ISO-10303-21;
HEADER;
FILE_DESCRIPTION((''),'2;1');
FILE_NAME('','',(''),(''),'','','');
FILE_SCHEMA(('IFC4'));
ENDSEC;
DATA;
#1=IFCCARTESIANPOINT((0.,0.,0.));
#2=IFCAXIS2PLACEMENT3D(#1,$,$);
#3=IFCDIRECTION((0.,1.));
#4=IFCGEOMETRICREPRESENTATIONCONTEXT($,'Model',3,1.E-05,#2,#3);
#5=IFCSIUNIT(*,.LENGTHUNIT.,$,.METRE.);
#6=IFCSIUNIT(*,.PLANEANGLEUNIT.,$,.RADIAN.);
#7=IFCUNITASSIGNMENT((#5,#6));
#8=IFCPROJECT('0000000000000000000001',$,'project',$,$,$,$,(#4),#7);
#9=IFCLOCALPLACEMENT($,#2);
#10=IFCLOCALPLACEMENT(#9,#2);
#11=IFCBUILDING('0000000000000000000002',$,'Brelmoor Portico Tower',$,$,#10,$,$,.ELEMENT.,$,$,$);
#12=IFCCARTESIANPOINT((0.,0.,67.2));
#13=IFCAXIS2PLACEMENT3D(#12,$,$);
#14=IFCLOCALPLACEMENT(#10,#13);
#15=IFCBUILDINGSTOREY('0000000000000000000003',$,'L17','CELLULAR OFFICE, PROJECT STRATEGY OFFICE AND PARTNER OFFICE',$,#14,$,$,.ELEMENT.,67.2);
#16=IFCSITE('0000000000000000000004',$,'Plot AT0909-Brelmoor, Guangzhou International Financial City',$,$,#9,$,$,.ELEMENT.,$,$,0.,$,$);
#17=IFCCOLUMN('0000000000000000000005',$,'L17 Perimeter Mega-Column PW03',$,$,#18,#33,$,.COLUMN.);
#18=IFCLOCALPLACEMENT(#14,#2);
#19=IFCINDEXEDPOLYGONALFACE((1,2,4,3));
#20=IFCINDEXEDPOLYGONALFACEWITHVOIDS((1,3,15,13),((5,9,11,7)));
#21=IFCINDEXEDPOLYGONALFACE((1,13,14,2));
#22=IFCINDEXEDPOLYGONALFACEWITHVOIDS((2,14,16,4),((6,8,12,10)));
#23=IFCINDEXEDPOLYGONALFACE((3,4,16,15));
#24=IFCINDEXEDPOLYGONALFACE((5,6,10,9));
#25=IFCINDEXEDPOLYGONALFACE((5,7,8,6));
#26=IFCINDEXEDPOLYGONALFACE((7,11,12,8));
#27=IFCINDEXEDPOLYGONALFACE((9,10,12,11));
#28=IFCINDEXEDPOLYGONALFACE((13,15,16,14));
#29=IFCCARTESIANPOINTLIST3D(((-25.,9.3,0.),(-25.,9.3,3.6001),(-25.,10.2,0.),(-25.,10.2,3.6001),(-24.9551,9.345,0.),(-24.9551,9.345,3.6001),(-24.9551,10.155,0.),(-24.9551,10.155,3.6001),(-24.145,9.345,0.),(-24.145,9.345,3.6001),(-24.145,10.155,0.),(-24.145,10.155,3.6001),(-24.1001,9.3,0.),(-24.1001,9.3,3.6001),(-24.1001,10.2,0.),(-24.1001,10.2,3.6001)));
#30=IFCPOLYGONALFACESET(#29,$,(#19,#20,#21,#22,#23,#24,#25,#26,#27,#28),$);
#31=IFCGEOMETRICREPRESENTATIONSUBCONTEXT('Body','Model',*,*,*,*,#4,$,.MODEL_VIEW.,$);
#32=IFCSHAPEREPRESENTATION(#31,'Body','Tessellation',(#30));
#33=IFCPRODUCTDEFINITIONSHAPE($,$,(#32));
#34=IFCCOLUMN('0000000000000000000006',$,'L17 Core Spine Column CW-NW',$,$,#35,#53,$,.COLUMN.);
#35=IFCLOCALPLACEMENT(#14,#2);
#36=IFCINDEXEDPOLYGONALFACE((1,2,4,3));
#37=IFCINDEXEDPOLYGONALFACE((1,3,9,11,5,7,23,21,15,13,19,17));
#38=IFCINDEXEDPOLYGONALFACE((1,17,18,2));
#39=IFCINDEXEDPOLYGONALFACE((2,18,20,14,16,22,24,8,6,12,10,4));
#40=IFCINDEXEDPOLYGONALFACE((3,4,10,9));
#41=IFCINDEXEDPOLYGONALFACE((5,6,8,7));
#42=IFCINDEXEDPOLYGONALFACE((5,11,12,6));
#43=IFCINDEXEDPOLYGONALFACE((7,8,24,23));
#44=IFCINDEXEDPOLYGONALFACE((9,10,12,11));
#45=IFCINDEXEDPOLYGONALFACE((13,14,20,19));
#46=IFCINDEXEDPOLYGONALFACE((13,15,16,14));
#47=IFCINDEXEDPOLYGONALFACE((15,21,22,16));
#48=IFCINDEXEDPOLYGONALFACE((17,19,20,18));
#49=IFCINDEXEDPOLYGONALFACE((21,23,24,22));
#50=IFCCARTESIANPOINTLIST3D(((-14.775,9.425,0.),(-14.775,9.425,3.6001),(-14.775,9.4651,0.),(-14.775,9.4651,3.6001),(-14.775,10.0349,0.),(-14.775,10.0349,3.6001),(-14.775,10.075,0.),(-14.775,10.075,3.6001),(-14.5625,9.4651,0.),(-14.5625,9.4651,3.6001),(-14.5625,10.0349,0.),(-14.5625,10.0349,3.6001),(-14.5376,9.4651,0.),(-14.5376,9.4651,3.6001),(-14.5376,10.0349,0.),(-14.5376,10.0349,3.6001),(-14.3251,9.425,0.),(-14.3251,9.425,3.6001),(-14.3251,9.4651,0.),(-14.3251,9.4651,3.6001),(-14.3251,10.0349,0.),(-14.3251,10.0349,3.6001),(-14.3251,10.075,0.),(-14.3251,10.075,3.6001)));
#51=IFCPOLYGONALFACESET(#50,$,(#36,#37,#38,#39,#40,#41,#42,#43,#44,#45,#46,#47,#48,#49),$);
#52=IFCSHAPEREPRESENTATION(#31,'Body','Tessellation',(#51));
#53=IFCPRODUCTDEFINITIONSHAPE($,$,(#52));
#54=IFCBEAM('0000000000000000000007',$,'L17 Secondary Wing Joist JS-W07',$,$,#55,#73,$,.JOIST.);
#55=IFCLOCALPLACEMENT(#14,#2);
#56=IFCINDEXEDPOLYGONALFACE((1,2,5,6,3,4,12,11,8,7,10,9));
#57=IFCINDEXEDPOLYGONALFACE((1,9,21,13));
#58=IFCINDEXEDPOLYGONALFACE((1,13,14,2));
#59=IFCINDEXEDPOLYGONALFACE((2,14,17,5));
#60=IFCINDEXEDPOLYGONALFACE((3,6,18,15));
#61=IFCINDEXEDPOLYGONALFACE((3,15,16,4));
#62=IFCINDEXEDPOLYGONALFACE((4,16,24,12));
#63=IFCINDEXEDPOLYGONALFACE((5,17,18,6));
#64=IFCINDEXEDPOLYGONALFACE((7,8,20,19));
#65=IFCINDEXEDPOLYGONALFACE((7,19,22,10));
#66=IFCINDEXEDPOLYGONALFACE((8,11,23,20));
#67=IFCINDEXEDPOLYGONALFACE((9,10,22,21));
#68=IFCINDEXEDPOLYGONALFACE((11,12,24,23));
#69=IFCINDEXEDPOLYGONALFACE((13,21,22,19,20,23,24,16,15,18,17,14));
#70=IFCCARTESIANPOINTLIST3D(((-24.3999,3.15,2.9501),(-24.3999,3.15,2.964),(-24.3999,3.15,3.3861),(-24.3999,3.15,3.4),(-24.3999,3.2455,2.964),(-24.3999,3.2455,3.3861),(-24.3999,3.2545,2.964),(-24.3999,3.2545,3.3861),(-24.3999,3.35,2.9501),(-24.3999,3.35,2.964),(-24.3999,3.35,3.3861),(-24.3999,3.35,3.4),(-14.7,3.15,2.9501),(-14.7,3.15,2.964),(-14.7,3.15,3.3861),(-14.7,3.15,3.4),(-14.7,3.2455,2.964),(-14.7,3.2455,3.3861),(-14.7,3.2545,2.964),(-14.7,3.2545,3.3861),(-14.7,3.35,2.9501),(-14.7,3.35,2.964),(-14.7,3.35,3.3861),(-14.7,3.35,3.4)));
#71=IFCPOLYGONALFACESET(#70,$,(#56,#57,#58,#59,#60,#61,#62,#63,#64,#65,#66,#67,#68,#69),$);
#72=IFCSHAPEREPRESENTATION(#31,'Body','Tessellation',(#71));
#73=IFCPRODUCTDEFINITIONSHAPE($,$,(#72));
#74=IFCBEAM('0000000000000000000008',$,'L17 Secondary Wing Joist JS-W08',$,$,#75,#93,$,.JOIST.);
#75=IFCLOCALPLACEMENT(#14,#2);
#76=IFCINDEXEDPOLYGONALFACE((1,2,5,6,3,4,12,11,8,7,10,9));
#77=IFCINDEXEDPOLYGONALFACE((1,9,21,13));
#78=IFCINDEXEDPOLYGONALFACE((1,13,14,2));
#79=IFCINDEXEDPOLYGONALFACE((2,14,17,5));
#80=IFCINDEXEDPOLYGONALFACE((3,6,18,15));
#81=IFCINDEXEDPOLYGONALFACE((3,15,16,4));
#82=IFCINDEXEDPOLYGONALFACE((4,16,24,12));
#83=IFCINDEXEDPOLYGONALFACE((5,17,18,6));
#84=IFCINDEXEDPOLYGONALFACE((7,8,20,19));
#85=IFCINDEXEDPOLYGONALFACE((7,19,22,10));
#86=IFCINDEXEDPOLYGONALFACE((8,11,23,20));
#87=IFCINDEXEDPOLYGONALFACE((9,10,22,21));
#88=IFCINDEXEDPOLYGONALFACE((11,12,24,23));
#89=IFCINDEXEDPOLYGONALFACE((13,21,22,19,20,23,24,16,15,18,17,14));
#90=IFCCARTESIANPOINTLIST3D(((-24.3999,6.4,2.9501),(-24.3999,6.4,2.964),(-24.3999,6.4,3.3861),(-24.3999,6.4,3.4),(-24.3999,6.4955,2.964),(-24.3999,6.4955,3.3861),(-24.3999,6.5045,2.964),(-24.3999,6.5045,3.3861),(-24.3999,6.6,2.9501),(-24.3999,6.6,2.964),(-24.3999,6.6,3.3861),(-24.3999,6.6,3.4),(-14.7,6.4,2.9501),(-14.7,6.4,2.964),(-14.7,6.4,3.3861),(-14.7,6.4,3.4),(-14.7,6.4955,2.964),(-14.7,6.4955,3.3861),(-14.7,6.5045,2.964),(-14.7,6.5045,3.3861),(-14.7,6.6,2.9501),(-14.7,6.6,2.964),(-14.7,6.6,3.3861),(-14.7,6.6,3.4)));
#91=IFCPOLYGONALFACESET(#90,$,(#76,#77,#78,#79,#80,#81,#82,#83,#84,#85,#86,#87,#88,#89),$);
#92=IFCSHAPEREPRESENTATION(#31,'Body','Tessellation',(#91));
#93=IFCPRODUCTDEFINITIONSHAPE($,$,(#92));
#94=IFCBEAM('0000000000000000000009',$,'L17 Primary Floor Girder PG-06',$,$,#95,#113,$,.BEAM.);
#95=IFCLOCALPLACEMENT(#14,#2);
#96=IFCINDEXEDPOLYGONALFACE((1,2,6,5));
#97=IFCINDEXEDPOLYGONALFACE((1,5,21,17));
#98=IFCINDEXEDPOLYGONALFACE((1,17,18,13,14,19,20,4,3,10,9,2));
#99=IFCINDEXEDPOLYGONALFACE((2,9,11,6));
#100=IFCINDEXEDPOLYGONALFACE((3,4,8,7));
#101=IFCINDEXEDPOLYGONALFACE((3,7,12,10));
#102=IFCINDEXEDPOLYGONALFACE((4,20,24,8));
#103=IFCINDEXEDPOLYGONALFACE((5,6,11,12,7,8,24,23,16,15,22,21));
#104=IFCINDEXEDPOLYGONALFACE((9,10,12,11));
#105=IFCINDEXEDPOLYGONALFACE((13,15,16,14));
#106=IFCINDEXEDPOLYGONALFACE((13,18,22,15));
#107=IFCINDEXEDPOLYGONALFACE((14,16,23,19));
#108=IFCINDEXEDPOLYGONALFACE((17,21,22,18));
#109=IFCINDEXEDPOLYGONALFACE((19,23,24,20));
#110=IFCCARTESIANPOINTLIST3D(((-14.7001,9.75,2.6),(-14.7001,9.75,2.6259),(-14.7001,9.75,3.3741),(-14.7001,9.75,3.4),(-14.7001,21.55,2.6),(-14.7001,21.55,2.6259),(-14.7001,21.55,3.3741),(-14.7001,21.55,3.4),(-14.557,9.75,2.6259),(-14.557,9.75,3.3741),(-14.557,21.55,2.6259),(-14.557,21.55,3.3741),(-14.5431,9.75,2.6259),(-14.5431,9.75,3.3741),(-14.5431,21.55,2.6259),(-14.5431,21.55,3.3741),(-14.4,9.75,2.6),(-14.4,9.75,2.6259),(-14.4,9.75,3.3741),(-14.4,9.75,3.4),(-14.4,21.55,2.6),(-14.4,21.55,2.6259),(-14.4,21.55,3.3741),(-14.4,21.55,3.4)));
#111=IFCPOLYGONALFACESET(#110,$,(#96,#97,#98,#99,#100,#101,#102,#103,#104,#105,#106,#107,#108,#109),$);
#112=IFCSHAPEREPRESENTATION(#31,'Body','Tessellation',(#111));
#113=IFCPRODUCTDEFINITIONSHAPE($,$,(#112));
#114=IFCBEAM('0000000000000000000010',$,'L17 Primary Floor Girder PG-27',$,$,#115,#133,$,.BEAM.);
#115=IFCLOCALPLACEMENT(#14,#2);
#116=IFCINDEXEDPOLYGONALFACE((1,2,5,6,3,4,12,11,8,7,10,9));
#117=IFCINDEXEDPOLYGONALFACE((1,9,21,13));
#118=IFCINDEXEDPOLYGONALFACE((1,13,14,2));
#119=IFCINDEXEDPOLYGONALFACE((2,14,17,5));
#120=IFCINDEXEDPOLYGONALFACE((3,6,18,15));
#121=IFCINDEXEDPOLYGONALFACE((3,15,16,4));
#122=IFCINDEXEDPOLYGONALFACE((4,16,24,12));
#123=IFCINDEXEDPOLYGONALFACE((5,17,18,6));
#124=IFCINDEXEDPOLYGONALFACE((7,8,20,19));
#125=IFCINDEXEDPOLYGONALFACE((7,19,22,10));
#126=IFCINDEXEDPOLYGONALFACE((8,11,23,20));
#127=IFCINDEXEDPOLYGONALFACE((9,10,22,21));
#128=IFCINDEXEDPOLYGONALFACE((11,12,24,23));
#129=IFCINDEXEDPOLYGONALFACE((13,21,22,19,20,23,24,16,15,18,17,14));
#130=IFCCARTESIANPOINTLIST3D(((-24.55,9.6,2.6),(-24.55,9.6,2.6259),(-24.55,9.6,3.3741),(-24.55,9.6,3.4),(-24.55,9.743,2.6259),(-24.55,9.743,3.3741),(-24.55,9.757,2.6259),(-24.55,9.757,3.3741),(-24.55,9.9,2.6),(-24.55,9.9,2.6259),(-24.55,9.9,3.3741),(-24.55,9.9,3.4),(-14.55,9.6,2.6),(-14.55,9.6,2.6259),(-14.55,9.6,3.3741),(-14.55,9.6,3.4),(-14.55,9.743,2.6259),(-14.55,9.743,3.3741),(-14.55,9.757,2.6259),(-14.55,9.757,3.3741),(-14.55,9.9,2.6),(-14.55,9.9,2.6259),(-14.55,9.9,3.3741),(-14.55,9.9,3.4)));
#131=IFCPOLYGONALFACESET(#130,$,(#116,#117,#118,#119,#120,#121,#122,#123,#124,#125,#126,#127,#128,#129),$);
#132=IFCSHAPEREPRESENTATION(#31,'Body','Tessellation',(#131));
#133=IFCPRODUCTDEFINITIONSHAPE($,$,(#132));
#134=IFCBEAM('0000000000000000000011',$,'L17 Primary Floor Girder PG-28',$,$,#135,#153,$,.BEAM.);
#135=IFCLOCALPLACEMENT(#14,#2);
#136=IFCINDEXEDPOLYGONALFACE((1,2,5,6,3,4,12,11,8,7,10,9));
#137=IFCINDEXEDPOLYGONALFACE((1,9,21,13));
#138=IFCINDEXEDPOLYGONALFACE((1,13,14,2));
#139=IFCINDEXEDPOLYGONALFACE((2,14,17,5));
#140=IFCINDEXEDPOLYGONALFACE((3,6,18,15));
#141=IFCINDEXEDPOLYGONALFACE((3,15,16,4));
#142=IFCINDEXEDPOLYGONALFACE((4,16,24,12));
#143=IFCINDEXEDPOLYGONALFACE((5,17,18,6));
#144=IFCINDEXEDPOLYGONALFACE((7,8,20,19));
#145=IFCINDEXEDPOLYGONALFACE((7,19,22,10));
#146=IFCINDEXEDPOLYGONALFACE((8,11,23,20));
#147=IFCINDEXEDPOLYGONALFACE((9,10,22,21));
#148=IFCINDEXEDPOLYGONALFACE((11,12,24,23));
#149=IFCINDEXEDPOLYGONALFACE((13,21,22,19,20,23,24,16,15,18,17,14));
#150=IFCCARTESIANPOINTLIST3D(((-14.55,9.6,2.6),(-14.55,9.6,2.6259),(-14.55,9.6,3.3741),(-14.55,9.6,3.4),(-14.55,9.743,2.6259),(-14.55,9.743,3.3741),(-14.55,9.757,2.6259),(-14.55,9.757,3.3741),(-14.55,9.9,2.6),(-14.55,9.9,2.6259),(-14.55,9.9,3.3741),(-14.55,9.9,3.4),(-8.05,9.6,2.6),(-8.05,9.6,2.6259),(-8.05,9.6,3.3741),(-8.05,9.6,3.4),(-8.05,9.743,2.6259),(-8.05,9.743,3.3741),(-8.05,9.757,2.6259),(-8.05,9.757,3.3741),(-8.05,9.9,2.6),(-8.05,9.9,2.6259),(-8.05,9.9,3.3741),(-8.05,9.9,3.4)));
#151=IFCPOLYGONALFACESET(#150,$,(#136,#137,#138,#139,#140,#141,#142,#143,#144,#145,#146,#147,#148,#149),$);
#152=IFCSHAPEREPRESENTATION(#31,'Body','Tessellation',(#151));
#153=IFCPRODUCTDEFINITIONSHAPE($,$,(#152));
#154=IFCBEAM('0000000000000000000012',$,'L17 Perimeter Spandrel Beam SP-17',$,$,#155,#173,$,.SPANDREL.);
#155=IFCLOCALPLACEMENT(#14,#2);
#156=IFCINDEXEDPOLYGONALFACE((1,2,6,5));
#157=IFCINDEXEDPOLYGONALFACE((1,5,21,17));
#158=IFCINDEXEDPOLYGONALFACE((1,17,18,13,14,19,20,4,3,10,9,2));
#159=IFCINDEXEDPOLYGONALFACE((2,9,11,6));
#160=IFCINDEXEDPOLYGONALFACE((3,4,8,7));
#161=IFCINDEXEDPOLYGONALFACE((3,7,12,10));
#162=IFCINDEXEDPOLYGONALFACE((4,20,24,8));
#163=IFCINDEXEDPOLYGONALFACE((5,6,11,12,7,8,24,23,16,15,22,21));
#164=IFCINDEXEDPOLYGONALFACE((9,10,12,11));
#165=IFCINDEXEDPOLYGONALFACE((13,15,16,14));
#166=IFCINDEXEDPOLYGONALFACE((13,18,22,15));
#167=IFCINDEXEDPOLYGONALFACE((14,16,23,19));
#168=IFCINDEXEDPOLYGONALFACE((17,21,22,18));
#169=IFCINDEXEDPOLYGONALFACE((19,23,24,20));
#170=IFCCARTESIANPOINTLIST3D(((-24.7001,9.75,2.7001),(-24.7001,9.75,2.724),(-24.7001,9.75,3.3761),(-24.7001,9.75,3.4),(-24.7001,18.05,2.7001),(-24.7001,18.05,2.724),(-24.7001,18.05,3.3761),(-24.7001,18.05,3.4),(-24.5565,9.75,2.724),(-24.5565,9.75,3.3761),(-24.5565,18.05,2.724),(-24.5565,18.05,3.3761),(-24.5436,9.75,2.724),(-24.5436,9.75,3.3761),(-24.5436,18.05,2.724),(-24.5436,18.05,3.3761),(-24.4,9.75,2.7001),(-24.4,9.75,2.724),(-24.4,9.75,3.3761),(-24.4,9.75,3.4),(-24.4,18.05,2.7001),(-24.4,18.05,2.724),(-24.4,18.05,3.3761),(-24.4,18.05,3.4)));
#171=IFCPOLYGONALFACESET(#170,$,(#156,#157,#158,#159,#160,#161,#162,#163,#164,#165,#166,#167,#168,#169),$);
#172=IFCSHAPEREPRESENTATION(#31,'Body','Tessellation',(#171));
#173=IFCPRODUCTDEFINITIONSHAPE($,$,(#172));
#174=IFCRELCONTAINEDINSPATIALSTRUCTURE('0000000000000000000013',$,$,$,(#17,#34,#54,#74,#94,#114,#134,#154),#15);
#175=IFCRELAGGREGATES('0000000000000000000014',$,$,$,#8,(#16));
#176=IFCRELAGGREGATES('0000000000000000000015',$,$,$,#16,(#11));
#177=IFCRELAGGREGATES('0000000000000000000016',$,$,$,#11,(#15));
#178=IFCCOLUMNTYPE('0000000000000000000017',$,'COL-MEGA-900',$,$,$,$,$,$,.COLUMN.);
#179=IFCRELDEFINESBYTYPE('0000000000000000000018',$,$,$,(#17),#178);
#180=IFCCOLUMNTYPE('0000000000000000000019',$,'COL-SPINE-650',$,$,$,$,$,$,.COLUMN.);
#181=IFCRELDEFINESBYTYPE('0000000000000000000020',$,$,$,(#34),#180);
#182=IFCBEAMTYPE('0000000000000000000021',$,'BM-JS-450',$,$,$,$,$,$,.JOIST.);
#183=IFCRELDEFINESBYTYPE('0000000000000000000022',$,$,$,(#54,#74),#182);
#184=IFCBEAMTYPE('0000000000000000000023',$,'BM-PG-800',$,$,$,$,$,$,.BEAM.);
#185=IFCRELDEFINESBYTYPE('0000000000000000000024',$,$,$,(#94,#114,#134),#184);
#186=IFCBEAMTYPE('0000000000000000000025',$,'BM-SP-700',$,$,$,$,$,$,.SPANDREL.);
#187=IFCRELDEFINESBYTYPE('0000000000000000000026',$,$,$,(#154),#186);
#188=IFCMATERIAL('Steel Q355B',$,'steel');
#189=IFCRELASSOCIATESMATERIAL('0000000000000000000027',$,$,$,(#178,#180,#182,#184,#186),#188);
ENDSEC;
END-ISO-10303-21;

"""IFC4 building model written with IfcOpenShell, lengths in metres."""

from ifc_helpers import new_model, si_unit, direction, frame, origin, origin_2d, place, context, subcontext, project, spatial, hollow_rectangle, i_section, extrude, material, material_profile, profile_set, type_object, element, save


model = new_model("IFC4")

# Units and contexts
model_context = context("Model", 3, precision=1e-05, world=origin(), true_north=direction((0.0, 1.0)))
body_context = subcontext(model_context, "Body", "Model", "MODEL_VIEW")
ifc_project = project(units=[si_unit("LENGTHUNIT", "METRE"), si_unit("PLANEANGLEUNIT", "RADIAN")], contexts=[model_context])

# Site, building, storey
site_placement = place(None, origin())
site = spatial("IfcSite", under=ifc_project, at=site_placement, Name="Plot AT0909-Brelmoor, Guangzhou International Financial City", CompositionType="ELEMENT", RefElevation=0.0)
building_placement = place(site_placement, origin())
building = spatial("IfcBuilding", under=site, at=building_placement, Name="Brelmoor Portico Tower", CompositionType="ELEMENT")
storey_placement = place(building_placement, frame((0.0, 0.0, 67.2)))
storey = spatial("IfcBuildingStorey", under=building, at=storey_placement, Name="L17", Description="CELLULAR OFFICE, PROJECT STRATEGY OFFICE AND PARTNER OFFICE", CompositionType="ELEMENT", Elevation=67.2)

# Columns
ifc_material_1 = material(Name="Steel Q355B", Category="steel")
ifc_material_profile_1 = material_profile(ifc_material_1, hollow_rectangle(XDim=0.8999, YDim=0.8999, WallThickness=0.0449, at=origin_2d()), Name="BOX 900x900x45")
ifc_profile_set_1 = profile_set([ifc_material_profile_1], Name="Steel Q355B")
column_type_1 = type_object("IfcColumnType", Name="COL-MEGA-900", PredefinedType="COLUMN", material=ifc_profile_set_1)
column_1_placement = place(storey_placement, frame((-24.55, 9.75, 0.0), z_axis=(0.0, 0.0, 1.0), x_axis=(0.0, 1.0, 0.0)))
element("IfcColumn", 1, at=column_1_placement, inside=storey, type_object=column_type_1, Name="L17 Perimeter Mega-Column PW03", PredefinedType="COLUMN", context=body_context, shape_type="SweptSolid", body=[
    extrude(hollow_rectangle(XDim=0.8999, YDim=0.8999, WallThickness=0.0449, at=origin_2d()), origin(), (0.0, 0.0, 1.0), 3.6001),
])
ifc_material_profile_2 = material_profile(ifc_material_1, i_section(OverallWidth=0.45, OverallDepth=0.6499, WebThickness=0.0249, FlangeThickness=0.04, at=origin_2d()), Name="HW 650x450x25x40")
ifc_profile_set_2 = profile_set([ifc_material_profile_2], Name="Steel Q355B")
column_type_2 = type_object("IfcColumnType", Name="COL-SPINE-650", PredefinedType="COLUMN", material=ifc_profile_set_2)
column_2_placement = place(storey_placement, frame((-14.55, 9.75, 0.0), z_axis=(0.0, 0.0, 1.0), x_axis=(1.0, 0.0, 0.0)))
element("IfcColumn", 2, at=column_2_placement, inside=storey, type_object=column_type_2, Name="L17 Core Spine Column CW-NW", PredefinedType="COLUMN", context=body_context, shape_type="SweptSolid", body=[
    extrude(i_section(OverallWidth=0.45, OverallDepth=0.6499, WebThickness=0.0249, FlangeThickness=0.04, at=origin_2d()), origin(), (0.0, 0.0, 1.0), 3.6001),
])

# Beams
ifc_material_profile_3 = material_profile(ifc_material_1, i_section(OverallWidth=0.2, OverallDepth=0.45, WebThickness=0.009, FlangeThickness=0.0139, at=origin_2d()), Name="HN 450x200x9x14")
ifc_profile_set_3 = profile_set([ifc_material_profile_3], Name="Steel Q355B")
beam_type_1 = type_object("IfcBeamType", Name="BM-JS-450", PredefinedType="JOIST", material=ifc_profile_set_3)
for number, where, z_axis, x_axis, name in (
    (3, (-24.3999, 3.25, 3.175), (1.0, 0.0, 0.0), (0.0, 1.0, 0.0), "L17 Secondary Wing Joist JS-W07"),
    (4, (-24.3999, 6.5, 3.175), (1.0, 0.0, 0.0), (0.0, 1.0, 0.0), "L17 Secondary Wing Joist JS-W08"),
):
    element("IfcBeam", number, at=place(storey_placement, frame(where, z_axis=z_axis, x_axis=x_axis)), inside=storey, type_object=beam_type_1, Name=name, PredefinedType="JOIST", context=body_context, shape_type="SweptSolid", body=[
        extrude(i_section(OverallWidth=0.2, OverallDepth=0.45, WebThickness=0.009, FlangeThickness=0.0139, at=origin_2d()), origin(), (0.0, 0.0, 1.0), 9.7),
    ])
ifc_material_profile_4 = material_profile(ifc_material_1, i_section(OverallWidth=0.3, OverallDepth=0.8, WebThickness=0.0139, FlangeThickness=0.0259, at=origin_2d()), Name="HN 800x300x14x26")
ifc_profile_set_4 = profile_set([ifc_material_profile_4], Name="Steel Q355B")
beam_type_2 = type_object("IfcBeamType", Name="BM-PG-800", PredefinedType="BEAM", material=ifc_profile_set_4)
beam_1_placement = place(storey_placement, frame((-14.55, 9.75, 3.0), z_axis=(0.0, 1.0, 0.0), x_axis=(-1.0, 0.0, 0.0)))
element("IfcBeam", 5, at=beam_1_placement, inside=storey, type_object=beam_type_2, Name="L17 Primary Floor Girder PG-06", PredefinedType="BEAM", context=body_context, shape_type="SweptSolid", body=[
    extrude(i_section(OverallWidth=0.3, OverallDepth=0.8, WebThickness=0.0139, FlangeThickness=0.0259, at=origin_2d()), origin(), (0.0, 0.0, 1.0), 11.8),
])
beam_2_placement = place(storey_placement, frame((-24.55, 9.75, 3.0), z_axis=(1.0, 0.0, 0.0), x_axis=(0.0, 1.0, 0.0)))
element("IfcBeam", 6, at=beam_2_placement, inside=storey, type_object=beam_type_2, Name="L17 Primary Floor Girder PG-27", PredefinedType="BEAM", context=body_context, shape_type="SweptSolid", body=[
    extrude(i_section(OverallWidth=0.3, OverallDepth=0.8, WebThickness=0.0139, FlangeThickness=0.0259, at=origin_2d()), origin(), (0.0, 0.0, 1.0), 10.0),
])
beam_3_placement = place(storey_placement, frame((-14.55, 9.75, 3.0), z_axis=(1.0, 0.0, 0.0), x_axis=(0.0, 1.0, 0.0)))
element("IfcBeam", 7, at=beam_3_placement, inside=storey, type_object=beam_type_2, Name="L17 Primary Floor Girder PG-28", PredefinedType="BEAM", context=body_context, shape_type="SweptSolid", body=[
    extrude(i_section(OverallWidth=0.3, OverallDepth=0.8, WebThickness=0.0139, FlangeThickness=0.0259, at=origin_2d()), origin(), (0.0, 0.0, 1.0), 6.5),
])
ifc_material_profile_5 = material_profile(ifc_material_1, i_section(OverallWidth=0.3, OverallDepth=0.7, WebThickness=0.0129, FlangeThickness=0.0239, at=origin_2d()), Name="HN 700x300x13x24")
ifc_profile_set_5 = profile_set([ifc_material_profile_5], Name="Steel Q355B")
beam_type_3 = type_object("IfcBeamType", Name="BM-SP-700", PredefinedType="SPANDREL", material=ifc_profile_set_5)
beam_4_placement = place(storey_placement, frame((-24.55, 9.75, 3.05), z_axis=(0.0, 1.0, 0.0), x_axis=(-1.0, 0.0, 0.0)))
element("IfcBeam", 8, at=beam_4_placement, inside=storey, type_object=beam_type_3, Name="L17 Perimeter Spandrel Beam SP-17", PredefinedType="SPANDREL", context=body_context, shape_type="SweptSolid", body=[
    extrude(i_section(OverallWidth=0.3, OverallDepth=0.7, WebThickness=0.0129, FlangeThickness=0.0239, at=origin_2d()), origin(), (0.0, 0.0, 1.0), 8.3),
])

save(model, "model.ifc")
